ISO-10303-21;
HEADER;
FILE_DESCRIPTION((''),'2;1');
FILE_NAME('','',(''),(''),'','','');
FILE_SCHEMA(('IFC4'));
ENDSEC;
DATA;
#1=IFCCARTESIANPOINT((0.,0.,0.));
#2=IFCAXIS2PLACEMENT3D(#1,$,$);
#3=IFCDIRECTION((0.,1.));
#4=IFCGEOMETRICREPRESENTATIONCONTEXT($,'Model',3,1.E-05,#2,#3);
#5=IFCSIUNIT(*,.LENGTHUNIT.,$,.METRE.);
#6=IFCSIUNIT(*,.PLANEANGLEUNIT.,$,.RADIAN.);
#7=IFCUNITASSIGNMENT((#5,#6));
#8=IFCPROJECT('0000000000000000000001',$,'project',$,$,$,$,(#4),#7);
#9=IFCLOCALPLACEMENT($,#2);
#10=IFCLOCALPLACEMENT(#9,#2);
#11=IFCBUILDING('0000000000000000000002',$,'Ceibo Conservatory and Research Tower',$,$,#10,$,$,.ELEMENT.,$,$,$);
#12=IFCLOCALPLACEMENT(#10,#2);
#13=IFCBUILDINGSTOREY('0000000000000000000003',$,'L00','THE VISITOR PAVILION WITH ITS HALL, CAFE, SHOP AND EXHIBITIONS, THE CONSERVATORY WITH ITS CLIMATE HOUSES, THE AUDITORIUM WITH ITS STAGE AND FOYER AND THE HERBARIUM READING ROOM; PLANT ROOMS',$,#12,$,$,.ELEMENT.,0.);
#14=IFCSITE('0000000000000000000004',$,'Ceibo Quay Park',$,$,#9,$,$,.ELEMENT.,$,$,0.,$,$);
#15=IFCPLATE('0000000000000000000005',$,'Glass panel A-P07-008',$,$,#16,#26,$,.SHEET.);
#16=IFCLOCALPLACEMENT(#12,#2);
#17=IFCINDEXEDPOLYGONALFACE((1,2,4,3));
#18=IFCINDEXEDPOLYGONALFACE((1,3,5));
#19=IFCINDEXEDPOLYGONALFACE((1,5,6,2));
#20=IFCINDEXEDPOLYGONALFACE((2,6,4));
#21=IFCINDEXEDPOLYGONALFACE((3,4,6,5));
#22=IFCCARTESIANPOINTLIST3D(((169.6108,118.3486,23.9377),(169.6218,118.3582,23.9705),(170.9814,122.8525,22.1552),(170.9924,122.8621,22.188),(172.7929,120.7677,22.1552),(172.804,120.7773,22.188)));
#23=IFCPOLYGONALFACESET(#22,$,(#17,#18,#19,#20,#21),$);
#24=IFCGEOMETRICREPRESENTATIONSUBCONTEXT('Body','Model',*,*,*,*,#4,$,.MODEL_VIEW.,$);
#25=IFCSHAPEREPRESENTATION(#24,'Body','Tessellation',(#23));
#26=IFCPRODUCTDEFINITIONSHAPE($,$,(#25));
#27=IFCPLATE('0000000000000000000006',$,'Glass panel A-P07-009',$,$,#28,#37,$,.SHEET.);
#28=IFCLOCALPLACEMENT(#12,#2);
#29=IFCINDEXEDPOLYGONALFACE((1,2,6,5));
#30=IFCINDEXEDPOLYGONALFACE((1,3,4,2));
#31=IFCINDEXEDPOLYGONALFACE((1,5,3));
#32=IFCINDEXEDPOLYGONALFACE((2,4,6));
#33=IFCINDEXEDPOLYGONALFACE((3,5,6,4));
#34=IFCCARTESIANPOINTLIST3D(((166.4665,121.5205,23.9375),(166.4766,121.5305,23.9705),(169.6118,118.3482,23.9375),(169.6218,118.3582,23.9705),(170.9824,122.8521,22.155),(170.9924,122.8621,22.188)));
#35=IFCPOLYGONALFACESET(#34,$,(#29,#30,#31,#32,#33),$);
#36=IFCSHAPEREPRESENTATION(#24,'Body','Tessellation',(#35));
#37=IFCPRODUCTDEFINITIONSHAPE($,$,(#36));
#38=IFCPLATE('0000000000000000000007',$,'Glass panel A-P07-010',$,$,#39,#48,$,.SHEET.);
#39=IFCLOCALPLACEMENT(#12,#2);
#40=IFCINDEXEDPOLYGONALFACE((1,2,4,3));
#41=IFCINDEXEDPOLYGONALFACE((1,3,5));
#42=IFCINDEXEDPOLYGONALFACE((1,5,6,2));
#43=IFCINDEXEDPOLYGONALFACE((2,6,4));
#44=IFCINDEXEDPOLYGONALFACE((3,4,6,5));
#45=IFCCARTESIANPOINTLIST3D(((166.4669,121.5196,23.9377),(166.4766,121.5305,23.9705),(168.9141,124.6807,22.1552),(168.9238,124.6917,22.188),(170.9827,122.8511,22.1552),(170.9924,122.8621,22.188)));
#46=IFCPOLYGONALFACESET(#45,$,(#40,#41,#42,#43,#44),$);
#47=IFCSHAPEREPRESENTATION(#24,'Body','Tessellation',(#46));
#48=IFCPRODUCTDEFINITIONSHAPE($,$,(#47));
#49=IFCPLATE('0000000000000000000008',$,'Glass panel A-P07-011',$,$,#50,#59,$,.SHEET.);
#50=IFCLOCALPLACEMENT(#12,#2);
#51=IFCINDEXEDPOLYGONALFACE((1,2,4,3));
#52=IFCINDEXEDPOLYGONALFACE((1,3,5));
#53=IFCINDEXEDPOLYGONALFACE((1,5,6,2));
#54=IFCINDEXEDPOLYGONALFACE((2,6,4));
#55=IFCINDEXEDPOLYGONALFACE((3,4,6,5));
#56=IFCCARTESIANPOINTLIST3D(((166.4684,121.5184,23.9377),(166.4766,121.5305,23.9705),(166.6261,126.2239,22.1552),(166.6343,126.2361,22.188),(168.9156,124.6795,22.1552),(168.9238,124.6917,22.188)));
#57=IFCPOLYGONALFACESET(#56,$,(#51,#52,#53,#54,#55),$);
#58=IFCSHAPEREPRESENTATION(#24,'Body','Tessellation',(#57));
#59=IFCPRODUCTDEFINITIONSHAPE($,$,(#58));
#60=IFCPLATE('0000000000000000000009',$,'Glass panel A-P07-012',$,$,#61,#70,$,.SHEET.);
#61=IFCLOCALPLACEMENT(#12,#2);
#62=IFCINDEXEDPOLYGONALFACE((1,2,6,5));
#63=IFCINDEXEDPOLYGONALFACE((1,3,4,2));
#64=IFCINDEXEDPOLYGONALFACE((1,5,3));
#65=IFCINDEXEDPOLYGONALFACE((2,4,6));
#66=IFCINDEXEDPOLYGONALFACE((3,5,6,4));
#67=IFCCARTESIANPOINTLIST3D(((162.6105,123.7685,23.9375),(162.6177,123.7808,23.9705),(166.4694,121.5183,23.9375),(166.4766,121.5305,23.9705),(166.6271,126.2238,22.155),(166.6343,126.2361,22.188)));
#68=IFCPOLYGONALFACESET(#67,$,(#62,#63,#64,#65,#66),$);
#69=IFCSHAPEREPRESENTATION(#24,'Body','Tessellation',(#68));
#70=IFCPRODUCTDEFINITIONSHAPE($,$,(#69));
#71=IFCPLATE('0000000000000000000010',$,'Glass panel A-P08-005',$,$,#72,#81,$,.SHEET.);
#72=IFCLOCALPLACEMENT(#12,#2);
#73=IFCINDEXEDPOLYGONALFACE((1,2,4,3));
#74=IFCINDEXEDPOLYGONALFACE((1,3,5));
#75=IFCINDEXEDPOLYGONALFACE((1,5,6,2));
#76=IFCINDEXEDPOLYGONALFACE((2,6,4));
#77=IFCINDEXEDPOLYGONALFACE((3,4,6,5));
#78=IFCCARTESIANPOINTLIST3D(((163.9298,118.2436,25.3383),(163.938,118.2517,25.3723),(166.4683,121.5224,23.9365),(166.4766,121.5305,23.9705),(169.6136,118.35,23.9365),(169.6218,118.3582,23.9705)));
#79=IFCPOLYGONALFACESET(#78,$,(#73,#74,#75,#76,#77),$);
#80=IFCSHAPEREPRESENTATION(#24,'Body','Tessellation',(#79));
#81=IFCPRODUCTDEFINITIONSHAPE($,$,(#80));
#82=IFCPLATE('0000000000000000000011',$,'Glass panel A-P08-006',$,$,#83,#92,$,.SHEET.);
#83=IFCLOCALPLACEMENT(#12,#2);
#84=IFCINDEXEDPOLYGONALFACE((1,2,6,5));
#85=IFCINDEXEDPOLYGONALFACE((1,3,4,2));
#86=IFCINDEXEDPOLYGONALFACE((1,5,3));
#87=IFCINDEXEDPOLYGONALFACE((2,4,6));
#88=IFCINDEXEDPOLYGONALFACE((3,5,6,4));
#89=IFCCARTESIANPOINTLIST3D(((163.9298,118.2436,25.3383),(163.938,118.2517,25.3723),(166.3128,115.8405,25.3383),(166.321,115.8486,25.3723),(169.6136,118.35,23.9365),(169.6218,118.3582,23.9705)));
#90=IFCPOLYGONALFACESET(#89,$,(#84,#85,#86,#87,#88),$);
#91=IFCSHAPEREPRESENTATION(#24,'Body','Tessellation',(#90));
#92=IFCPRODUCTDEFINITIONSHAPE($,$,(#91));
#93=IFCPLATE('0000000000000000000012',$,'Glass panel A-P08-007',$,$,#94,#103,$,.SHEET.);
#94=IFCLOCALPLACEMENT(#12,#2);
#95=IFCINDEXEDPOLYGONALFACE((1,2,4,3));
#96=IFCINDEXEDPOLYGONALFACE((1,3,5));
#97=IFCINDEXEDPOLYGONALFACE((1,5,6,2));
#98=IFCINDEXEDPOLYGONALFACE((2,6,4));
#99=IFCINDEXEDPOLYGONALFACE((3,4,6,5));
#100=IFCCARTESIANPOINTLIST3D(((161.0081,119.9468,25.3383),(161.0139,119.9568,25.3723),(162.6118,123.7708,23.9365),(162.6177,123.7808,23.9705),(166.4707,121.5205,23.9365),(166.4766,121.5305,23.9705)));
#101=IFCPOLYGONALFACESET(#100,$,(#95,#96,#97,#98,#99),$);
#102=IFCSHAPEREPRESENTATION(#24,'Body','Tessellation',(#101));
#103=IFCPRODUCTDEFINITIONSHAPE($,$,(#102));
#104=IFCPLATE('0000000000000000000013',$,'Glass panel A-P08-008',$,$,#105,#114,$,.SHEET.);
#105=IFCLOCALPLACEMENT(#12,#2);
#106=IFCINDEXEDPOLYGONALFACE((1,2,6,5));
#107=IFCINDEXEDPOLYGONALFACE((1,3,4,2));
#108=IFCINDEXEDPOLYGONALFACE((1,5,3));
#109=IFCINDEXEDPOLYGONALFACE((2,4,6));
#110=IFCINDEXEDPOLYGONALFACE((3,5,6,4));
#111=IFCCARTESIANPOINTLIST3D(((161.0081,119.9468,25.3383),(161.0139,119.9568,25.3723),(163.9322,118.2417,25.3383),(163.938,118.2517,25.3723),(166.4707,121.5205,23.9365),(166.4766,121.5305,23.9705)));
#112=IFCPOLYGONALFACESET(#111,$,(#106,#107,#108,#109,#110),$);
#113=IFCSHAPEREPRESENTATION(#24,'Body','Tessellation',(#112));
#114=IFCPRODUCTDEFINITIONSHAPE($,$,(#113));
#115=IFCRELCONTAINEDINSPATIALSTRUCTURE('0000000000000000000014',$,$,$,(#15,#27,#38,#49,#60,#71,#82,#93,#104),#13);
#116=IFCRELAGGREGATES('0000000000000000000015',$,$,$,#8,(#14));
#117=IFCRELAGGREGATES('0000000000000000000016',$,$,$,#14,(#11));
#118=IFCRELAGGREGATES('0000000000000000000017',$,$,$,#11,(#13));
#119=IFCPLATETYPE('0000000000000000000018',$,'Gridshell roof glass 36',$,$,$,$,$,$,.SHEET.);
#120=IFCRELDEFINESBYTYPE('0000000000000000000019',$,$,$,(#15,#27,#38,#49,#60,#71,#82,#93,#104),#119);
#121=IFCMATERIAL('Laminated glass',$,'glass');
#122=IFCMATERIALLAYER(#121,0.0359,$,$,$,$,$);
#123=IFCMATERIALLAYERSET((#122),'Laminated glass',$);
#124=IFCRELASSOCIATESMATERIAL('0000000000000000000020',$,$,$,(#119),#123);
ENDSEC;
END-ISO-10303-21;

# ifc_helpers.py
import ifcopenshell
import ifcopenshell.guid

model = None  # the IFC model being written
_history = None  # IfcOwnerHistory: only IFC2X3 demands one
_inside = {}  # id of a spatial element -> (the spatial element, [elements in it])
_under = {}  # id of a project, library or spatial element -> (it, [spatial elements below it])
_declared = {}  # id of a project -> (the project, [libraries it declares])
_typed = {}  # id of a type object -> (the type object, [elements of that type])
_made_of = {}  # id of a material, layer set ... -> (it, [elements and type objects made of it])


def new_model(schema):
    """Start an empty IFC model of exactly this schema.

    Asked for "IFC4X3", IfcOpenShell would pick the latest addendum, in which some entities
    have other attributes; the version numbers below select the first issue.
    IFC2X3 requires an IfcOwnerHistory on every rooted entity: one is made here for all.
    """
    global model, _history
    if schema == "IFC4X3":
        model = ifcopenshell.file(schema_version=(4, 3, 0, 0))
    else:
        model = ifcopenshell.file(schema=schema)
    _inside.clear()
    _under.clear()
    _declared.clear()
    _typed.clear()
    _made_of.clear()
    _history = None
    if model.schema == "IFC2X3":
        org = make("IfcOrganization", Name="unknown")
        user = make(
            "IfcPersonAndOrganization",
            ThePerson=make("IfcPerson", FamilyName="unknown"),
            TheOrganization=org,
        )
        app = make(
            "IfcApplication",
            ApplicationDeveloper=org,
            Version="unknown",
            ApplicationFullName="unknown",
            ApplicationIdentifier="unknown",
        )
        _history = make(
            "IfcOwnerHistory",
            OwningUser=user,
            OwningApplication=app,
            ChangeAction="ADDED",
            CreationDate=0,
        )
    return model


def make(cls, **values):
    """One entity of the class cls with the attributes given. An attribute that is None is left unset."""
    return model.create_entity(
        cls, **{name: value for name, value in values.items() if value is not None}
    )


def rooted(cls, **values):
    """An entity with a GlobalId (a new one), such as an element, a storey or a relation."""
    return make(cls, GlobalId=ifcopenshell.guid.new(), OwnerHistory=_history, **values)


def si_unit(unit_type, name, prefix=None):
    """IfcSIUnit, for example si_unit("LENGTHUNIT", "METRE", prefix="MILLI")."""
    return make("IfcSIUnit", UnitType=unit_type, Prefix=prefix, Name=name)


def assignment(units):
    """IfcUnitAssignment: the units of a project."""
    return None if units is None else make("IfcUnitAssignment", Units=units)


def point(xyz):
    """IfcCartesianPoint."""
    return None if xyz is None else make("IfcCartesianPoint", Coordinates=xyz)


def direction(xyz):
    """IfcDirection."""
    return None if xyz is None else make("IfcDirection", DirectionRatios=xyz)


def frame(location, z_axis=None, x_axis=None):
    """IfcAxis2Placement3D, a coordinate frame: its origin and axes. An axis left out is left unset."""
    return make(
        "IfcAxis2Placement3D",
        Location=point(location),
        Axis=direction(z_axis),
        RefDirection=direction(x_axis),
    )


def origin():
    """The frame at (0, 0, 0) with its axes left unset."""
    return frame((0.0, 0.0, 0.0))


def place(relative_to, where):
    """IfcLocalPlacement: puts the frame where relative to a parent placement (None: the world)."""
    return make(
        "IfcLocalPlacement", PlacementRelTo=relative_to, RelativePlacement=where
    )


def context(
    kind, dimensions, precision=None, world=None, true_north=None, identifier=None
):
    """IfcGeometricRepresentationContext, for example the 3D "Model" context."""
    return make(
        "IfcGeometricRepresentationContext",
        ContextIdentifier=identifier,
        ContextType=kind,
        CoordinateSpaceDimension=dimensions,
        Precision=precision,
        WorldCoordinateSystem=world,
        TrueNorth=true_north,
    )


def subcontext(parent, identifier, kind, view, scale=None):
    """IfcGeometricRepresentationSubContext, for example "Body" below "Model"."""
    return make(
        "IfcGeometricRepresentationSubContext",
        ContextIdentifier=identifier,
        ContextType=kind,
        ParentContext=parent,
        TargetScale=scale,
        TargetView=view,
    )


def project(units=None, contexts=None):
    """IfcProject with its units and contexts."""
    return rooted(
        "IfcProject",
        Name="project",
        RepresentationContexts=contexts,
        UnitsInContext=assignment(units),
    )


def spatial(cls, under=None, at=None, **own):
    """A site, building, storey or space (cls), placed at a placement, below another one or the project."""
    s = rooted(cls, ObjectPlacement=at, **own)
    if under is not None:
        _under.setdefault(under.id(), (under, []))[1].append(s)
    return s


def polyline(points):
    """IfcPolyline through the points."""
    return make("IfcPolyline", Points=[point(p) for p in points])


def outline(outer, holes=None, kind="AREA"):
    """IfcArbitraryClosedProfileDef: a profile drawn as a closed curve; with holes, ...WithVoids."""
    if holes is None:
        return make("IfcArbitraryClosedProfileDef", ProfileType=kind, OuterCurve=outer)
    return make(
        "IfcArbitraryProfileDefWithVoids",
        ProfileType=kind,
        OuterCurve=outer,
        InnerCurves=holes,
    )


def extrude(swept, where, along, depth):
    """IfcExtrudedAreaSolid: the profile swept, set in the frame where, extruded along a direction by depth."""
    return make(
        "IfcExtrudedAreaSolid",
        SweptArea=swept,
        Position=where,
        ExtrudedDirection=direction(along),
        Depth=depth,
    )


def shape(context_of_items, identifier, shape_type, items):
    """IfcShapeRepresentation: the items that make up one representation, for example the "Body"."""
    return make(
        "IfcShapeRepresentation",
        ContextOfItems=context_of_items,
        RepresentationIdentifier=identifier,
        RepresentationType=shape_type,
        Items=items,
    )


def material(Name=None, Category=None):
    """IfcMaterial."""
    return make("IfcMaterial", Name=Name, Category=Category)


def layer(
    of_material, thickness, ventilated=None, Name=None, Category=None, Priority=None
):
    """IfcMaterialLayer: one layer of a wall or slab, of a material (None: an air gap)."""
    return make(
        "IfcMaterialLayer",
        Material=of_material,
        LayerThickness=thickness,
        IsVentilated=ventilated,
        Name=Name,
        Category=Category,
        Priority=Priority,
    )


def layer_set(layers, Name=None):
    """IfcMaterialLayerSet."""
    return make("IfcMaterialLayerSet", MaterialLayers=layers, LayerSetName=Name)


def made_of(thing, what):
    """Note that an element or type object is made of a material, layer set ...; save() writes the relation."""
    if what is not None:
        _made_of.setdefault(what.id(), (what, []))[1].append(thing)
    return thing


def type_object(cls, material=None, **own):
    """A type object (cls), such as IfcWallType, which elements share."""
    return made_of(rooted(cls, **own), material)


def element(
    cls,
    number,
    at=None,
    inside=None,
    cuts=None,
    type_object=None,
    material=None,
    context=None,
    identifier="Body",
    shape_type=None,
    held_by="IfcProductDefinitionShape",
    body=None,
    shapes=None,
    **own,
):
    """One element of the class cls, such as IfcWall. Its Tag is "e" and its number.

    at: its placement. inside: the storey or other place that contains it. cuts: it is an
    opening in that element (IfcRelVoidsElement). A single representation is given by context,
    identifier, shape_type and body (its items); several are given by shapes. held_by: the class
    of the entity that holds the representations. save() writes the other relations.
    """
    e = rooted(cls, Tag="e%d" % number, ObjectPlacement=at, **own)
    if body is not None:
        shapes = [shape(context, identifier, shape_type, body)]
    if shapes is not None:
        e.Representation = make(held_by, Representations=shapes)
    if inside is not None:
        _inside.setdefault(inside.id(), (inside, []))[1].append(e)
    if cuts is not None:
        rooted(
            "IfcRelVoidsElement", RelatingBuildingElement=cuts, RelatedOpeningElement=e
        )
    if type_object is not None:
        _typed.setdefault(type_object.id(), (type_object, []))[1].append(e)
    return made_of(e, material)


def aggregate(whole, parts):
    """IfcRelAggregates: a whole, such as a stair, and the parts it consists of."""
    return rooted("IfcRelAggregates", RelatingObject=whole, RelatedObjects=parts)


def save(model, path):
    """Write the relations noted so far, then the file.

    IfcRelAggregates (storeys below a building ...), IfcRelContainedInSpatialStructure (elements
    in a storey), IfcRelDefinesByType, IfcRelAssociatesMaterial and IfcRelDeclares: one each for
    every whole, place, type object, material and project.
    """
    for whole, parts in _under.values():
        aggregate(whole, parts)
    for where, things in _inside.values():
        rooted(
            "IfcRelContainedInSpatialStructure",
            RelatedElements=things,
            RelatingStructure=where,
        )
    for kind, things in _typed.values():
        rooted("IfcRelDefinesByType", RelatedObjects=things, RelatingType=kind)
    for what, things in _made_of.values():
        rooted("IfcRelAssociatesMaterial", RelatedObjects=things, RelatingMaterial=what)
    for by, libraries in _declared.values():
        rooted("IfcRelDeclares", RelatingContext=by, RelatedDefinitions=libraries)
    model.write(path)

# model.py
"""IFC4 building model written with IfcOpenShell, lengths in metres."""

from ifc_helpers import new_model, si_unit, direction, frame, origin, place, context, subcontext, project, spatial, polyline, outline, extrude, material, layer, layer_set, type_object, element, save


model = new_model("IFC4")

# Units and contexts
model_context = context("Model", 3, precision=1e-05, world=origin(), true_north=direction((0.0, 1.0)))
body_context = subcontext(model_context, "Body", "Model", "MODEL_VIEW")
ifc_project = project(units=[si_unit("LENGTHUNIT", "METRE"), si_unit("PLANEANGLEUNIT", "RADIAN")], contexts=[model_context])

# Site, building, storey
site_placement = place(None, origin())
site = spatial("IfcSite", under=ifc_project, at=site_placement, Name="Ceibo Quay Park", CompositionType="ELEMENT", RefElevation=0.0)
building_placement = place(site_placement, origin())
building = spatial("IfcBuilding", under=site, at=building_placement, Name="Ceibo Conservatory and Research Tower", CompositionType="ELEMENT")
storey_placement = place(building_placement, origin())
storey = spatial("IfcBuildingStorey", under=building, at=storey_placement, Name="L00", Description="THE VISITOR PAVILION WITH ITS HALL, CAFE, SHOP AND EXHIBITIONS, THE CONSERVATORY WITH ITS CLIMATE HOUSES, THE AUDITORIUM WITH ITS STAGE AND FOYER AND THE HERBARIUM READING ROOM; PLANT ROOMS", CompositionType="ELEMENT", Elevation=0.0)

# Plates
ifc_material_1 = material(Name="Laminated glass", Category="glass")
ifc_layer = layer(ifc_material_1, 0.0359)
ifc_layer_set = layer_set([ifc_layer], Name="Laminated glass")
plate_type = type_object("IfcPlateType", Name="Gridshell roof glass 36", PredefinedType="SHEET", material=ifc_layer_set)
plate_1_placement = place(storey_placement, frame((169.6218, 118.3582, 23.9705), z_axis=(0.307964, 0.267607, 0.912987), x_axis=(0.727059, 0.552741, -0.407262)))
element("IfcPlate", 1, at=plate_1_placement, inside=storey, type_object=plate_type, Name="Glass panel A-P07-008", PredefinedType="SHEET", context=body_context, shape_type="SweptSolid", body=[
    extrude(outline(polyline([(0.0, 0.0), (4.3767, 0.0), (4.2119, 2.7569), (0.0, 0.0)])), origin(), (0.0, 0.0, -1.0), 0.0359),
])
plate_2_placement = place(storey_placement, frame((169.6218, 118.3582, 23.9705), z_axis=(0.280575, 0.278178, 0.918638), x_axis=(0.272271, 0.894701, -0.354088)))
element("IfcPlate", 2, at=plate_2_placement, inside=storey, type_object=plate_type, Name="Glass panel A-P07-009", PredefinedType="SHEET", context=body_context, shape_type="SweptSolid", body=[
    extrude(outline(polyline([(0.0, 0.0), (5.034, 0.0), (1.982, 4.0036), (0.0, 0.0)])), origin(), (0.0, 0.0, -1.0), 0.0359),
])
plate_3_placement = place(storey_placement, frame((166.4766, 121.5305, 23.9705), z_axis=(0.270271, 0.305579, 0.913003), x_axis=(0.897036, 0.264499, -0.354071)))
element("IfcPlate", 3, at=plate_3_placement, inside=storey, type_object=plate_type, Name="Glass panel A-P07-010", PredefinedType="SHEET", context=body_context, shape_type="SweptSolid", body=[
    extrude(outline(polyline([(0.0, 0.0), (5.0342, 0.0), (3.6625, 2.3969), (0.0, 0.0)])), origin(), (0.0, 0.0, -1.0), 0.0359),
])
plate_4_placement = place(storey_placement, frame((166.4766, 121.5305, 23.9705), z_axis=(0.228135, 0.3382, 0.913003), x_axis=(0.559106, 0.722197, -0.407226)))
element("IfcPlate", 4, at=plate_4_placement, inside=storey, type_object=plate_type, Name="Glass panel A-P07-011", PredefinedType="SHEET", context=body_context, shape_type="SweptSolid", body=[
    extrude(outline(polyline([(0.0, 0.0), (4.3771, 0.0), (4.2124, 2.7568), (0.0, 0.0)])), origin(), (0.0, 0.0, -1.0), 0.0359),
])
plate_5_placement = place(storey_placement, frame((166.4766, 121.5305, 23.9705), z_axis=(0.199029, 0.34131, 0.918638), x_axis=(0.031328, 0.934697, -0.354063)))
element("IfcPlate", 5, at=plate_5_placement, inside=storey, type_object=plate_type, Name="Glass panel A-P07-012", PredefinedType="SHEET", context=body_context, shape_type="SweptSolid", body=[
    extrude(outline(polyline([(0.0, 0.0), (5.0343, 0.0), (1.9824, 4.0031), (0.0, 0.0)])), origin(), (0.0, 0.0, -1.0), 0.0359),
])
plate_6_placement = place(storey_placement, frame((169.6218, 118.3582, 23.9705), z_axis=(0.229186, 0.227228, 0.946489), x_axis=(-0.704067, 0.710133, 0.0)))
element("IfcPlate", 6, at=plate_6_placement, inside=storey, type_object=plate_type, Name="Glass panel A-P08-005", PredefinedType="SHEET", context=body_context, shape_type="SweptSolid", body=[
    extrude(outline(polyline([(0.0, 0.0), (4.4673, 0.0), (3.9262, 4.3437), (0.0, 0.0)])), origin(), (0.0, 0.0, -1.0), 0.0359),
])
plate_7_placement = place(storey_placement, frame((169.6218, 118.3582, 23.9705), z_axis=(0.229182, 0.227273, 0.946479), x_axis=(-0.970745, -0.01818, 0.239423)))
element("IfcPlate", 7, at=plate_7_placement, inside=storey, type_object=plate_type, Name="Glass panel A-P08-006", PredefinedType="SHEET", context=body_context, shape_type="SweptSolid", body=[
    extrude(outline(polyline([(0.0, 0.0), (5.8551, 0.0), (3.5855, 2.5105), (0.0, 0.0)])), origin(), (0.0, 0.0, -1.0), 0.0359),
])
plate_8_placement = place(storey_placement, frame((166.4766, 121.5305, 23.9705), z_axis=(0.162575, 0.278796, 0.946489), x_axis=(-0.863854, 0.503742, 0.0)))
element("IfcPlate", 8, at=plate_8_placement, inside=storey, type_object=plate_type, Name="Glass panel A-P08-007", PredefinedType="SHEET", context=body_context, shape_type="SweptSolid", body=[
    extrude(outline(polyline([(0.0, 0.0), (4.4671, 0.0), (3.9262, 4.3437), (0.0, 0.0)])), origin(), (0.0, 0.0, -1.0), 0.0359),
])
plate_9_placement = place(storey_placement, frame((166.4766, 121.5305, 23.9705), z_axis=(0.162574, 0.278801, 0.946488), x_axis=(-0.93297, -0.268779, 0.239424)))
element("IfcPlate", 9, at=plate_9_placement, inside=storey, type_object=plate_type, Name="Glass panel A-P08-008", PredefinedType="SHEET", context=body_context, shape_type="SweptSolid", body=[
    extrude(outline(polyline([(0.0, 0.0), (5.8551, 0.0), (3.5853, 2.5111), (0.0, 0.0)])), origin(), (0.0, 0.0, -1.0), 0.0359),
])

save(model, "model.ifc")
